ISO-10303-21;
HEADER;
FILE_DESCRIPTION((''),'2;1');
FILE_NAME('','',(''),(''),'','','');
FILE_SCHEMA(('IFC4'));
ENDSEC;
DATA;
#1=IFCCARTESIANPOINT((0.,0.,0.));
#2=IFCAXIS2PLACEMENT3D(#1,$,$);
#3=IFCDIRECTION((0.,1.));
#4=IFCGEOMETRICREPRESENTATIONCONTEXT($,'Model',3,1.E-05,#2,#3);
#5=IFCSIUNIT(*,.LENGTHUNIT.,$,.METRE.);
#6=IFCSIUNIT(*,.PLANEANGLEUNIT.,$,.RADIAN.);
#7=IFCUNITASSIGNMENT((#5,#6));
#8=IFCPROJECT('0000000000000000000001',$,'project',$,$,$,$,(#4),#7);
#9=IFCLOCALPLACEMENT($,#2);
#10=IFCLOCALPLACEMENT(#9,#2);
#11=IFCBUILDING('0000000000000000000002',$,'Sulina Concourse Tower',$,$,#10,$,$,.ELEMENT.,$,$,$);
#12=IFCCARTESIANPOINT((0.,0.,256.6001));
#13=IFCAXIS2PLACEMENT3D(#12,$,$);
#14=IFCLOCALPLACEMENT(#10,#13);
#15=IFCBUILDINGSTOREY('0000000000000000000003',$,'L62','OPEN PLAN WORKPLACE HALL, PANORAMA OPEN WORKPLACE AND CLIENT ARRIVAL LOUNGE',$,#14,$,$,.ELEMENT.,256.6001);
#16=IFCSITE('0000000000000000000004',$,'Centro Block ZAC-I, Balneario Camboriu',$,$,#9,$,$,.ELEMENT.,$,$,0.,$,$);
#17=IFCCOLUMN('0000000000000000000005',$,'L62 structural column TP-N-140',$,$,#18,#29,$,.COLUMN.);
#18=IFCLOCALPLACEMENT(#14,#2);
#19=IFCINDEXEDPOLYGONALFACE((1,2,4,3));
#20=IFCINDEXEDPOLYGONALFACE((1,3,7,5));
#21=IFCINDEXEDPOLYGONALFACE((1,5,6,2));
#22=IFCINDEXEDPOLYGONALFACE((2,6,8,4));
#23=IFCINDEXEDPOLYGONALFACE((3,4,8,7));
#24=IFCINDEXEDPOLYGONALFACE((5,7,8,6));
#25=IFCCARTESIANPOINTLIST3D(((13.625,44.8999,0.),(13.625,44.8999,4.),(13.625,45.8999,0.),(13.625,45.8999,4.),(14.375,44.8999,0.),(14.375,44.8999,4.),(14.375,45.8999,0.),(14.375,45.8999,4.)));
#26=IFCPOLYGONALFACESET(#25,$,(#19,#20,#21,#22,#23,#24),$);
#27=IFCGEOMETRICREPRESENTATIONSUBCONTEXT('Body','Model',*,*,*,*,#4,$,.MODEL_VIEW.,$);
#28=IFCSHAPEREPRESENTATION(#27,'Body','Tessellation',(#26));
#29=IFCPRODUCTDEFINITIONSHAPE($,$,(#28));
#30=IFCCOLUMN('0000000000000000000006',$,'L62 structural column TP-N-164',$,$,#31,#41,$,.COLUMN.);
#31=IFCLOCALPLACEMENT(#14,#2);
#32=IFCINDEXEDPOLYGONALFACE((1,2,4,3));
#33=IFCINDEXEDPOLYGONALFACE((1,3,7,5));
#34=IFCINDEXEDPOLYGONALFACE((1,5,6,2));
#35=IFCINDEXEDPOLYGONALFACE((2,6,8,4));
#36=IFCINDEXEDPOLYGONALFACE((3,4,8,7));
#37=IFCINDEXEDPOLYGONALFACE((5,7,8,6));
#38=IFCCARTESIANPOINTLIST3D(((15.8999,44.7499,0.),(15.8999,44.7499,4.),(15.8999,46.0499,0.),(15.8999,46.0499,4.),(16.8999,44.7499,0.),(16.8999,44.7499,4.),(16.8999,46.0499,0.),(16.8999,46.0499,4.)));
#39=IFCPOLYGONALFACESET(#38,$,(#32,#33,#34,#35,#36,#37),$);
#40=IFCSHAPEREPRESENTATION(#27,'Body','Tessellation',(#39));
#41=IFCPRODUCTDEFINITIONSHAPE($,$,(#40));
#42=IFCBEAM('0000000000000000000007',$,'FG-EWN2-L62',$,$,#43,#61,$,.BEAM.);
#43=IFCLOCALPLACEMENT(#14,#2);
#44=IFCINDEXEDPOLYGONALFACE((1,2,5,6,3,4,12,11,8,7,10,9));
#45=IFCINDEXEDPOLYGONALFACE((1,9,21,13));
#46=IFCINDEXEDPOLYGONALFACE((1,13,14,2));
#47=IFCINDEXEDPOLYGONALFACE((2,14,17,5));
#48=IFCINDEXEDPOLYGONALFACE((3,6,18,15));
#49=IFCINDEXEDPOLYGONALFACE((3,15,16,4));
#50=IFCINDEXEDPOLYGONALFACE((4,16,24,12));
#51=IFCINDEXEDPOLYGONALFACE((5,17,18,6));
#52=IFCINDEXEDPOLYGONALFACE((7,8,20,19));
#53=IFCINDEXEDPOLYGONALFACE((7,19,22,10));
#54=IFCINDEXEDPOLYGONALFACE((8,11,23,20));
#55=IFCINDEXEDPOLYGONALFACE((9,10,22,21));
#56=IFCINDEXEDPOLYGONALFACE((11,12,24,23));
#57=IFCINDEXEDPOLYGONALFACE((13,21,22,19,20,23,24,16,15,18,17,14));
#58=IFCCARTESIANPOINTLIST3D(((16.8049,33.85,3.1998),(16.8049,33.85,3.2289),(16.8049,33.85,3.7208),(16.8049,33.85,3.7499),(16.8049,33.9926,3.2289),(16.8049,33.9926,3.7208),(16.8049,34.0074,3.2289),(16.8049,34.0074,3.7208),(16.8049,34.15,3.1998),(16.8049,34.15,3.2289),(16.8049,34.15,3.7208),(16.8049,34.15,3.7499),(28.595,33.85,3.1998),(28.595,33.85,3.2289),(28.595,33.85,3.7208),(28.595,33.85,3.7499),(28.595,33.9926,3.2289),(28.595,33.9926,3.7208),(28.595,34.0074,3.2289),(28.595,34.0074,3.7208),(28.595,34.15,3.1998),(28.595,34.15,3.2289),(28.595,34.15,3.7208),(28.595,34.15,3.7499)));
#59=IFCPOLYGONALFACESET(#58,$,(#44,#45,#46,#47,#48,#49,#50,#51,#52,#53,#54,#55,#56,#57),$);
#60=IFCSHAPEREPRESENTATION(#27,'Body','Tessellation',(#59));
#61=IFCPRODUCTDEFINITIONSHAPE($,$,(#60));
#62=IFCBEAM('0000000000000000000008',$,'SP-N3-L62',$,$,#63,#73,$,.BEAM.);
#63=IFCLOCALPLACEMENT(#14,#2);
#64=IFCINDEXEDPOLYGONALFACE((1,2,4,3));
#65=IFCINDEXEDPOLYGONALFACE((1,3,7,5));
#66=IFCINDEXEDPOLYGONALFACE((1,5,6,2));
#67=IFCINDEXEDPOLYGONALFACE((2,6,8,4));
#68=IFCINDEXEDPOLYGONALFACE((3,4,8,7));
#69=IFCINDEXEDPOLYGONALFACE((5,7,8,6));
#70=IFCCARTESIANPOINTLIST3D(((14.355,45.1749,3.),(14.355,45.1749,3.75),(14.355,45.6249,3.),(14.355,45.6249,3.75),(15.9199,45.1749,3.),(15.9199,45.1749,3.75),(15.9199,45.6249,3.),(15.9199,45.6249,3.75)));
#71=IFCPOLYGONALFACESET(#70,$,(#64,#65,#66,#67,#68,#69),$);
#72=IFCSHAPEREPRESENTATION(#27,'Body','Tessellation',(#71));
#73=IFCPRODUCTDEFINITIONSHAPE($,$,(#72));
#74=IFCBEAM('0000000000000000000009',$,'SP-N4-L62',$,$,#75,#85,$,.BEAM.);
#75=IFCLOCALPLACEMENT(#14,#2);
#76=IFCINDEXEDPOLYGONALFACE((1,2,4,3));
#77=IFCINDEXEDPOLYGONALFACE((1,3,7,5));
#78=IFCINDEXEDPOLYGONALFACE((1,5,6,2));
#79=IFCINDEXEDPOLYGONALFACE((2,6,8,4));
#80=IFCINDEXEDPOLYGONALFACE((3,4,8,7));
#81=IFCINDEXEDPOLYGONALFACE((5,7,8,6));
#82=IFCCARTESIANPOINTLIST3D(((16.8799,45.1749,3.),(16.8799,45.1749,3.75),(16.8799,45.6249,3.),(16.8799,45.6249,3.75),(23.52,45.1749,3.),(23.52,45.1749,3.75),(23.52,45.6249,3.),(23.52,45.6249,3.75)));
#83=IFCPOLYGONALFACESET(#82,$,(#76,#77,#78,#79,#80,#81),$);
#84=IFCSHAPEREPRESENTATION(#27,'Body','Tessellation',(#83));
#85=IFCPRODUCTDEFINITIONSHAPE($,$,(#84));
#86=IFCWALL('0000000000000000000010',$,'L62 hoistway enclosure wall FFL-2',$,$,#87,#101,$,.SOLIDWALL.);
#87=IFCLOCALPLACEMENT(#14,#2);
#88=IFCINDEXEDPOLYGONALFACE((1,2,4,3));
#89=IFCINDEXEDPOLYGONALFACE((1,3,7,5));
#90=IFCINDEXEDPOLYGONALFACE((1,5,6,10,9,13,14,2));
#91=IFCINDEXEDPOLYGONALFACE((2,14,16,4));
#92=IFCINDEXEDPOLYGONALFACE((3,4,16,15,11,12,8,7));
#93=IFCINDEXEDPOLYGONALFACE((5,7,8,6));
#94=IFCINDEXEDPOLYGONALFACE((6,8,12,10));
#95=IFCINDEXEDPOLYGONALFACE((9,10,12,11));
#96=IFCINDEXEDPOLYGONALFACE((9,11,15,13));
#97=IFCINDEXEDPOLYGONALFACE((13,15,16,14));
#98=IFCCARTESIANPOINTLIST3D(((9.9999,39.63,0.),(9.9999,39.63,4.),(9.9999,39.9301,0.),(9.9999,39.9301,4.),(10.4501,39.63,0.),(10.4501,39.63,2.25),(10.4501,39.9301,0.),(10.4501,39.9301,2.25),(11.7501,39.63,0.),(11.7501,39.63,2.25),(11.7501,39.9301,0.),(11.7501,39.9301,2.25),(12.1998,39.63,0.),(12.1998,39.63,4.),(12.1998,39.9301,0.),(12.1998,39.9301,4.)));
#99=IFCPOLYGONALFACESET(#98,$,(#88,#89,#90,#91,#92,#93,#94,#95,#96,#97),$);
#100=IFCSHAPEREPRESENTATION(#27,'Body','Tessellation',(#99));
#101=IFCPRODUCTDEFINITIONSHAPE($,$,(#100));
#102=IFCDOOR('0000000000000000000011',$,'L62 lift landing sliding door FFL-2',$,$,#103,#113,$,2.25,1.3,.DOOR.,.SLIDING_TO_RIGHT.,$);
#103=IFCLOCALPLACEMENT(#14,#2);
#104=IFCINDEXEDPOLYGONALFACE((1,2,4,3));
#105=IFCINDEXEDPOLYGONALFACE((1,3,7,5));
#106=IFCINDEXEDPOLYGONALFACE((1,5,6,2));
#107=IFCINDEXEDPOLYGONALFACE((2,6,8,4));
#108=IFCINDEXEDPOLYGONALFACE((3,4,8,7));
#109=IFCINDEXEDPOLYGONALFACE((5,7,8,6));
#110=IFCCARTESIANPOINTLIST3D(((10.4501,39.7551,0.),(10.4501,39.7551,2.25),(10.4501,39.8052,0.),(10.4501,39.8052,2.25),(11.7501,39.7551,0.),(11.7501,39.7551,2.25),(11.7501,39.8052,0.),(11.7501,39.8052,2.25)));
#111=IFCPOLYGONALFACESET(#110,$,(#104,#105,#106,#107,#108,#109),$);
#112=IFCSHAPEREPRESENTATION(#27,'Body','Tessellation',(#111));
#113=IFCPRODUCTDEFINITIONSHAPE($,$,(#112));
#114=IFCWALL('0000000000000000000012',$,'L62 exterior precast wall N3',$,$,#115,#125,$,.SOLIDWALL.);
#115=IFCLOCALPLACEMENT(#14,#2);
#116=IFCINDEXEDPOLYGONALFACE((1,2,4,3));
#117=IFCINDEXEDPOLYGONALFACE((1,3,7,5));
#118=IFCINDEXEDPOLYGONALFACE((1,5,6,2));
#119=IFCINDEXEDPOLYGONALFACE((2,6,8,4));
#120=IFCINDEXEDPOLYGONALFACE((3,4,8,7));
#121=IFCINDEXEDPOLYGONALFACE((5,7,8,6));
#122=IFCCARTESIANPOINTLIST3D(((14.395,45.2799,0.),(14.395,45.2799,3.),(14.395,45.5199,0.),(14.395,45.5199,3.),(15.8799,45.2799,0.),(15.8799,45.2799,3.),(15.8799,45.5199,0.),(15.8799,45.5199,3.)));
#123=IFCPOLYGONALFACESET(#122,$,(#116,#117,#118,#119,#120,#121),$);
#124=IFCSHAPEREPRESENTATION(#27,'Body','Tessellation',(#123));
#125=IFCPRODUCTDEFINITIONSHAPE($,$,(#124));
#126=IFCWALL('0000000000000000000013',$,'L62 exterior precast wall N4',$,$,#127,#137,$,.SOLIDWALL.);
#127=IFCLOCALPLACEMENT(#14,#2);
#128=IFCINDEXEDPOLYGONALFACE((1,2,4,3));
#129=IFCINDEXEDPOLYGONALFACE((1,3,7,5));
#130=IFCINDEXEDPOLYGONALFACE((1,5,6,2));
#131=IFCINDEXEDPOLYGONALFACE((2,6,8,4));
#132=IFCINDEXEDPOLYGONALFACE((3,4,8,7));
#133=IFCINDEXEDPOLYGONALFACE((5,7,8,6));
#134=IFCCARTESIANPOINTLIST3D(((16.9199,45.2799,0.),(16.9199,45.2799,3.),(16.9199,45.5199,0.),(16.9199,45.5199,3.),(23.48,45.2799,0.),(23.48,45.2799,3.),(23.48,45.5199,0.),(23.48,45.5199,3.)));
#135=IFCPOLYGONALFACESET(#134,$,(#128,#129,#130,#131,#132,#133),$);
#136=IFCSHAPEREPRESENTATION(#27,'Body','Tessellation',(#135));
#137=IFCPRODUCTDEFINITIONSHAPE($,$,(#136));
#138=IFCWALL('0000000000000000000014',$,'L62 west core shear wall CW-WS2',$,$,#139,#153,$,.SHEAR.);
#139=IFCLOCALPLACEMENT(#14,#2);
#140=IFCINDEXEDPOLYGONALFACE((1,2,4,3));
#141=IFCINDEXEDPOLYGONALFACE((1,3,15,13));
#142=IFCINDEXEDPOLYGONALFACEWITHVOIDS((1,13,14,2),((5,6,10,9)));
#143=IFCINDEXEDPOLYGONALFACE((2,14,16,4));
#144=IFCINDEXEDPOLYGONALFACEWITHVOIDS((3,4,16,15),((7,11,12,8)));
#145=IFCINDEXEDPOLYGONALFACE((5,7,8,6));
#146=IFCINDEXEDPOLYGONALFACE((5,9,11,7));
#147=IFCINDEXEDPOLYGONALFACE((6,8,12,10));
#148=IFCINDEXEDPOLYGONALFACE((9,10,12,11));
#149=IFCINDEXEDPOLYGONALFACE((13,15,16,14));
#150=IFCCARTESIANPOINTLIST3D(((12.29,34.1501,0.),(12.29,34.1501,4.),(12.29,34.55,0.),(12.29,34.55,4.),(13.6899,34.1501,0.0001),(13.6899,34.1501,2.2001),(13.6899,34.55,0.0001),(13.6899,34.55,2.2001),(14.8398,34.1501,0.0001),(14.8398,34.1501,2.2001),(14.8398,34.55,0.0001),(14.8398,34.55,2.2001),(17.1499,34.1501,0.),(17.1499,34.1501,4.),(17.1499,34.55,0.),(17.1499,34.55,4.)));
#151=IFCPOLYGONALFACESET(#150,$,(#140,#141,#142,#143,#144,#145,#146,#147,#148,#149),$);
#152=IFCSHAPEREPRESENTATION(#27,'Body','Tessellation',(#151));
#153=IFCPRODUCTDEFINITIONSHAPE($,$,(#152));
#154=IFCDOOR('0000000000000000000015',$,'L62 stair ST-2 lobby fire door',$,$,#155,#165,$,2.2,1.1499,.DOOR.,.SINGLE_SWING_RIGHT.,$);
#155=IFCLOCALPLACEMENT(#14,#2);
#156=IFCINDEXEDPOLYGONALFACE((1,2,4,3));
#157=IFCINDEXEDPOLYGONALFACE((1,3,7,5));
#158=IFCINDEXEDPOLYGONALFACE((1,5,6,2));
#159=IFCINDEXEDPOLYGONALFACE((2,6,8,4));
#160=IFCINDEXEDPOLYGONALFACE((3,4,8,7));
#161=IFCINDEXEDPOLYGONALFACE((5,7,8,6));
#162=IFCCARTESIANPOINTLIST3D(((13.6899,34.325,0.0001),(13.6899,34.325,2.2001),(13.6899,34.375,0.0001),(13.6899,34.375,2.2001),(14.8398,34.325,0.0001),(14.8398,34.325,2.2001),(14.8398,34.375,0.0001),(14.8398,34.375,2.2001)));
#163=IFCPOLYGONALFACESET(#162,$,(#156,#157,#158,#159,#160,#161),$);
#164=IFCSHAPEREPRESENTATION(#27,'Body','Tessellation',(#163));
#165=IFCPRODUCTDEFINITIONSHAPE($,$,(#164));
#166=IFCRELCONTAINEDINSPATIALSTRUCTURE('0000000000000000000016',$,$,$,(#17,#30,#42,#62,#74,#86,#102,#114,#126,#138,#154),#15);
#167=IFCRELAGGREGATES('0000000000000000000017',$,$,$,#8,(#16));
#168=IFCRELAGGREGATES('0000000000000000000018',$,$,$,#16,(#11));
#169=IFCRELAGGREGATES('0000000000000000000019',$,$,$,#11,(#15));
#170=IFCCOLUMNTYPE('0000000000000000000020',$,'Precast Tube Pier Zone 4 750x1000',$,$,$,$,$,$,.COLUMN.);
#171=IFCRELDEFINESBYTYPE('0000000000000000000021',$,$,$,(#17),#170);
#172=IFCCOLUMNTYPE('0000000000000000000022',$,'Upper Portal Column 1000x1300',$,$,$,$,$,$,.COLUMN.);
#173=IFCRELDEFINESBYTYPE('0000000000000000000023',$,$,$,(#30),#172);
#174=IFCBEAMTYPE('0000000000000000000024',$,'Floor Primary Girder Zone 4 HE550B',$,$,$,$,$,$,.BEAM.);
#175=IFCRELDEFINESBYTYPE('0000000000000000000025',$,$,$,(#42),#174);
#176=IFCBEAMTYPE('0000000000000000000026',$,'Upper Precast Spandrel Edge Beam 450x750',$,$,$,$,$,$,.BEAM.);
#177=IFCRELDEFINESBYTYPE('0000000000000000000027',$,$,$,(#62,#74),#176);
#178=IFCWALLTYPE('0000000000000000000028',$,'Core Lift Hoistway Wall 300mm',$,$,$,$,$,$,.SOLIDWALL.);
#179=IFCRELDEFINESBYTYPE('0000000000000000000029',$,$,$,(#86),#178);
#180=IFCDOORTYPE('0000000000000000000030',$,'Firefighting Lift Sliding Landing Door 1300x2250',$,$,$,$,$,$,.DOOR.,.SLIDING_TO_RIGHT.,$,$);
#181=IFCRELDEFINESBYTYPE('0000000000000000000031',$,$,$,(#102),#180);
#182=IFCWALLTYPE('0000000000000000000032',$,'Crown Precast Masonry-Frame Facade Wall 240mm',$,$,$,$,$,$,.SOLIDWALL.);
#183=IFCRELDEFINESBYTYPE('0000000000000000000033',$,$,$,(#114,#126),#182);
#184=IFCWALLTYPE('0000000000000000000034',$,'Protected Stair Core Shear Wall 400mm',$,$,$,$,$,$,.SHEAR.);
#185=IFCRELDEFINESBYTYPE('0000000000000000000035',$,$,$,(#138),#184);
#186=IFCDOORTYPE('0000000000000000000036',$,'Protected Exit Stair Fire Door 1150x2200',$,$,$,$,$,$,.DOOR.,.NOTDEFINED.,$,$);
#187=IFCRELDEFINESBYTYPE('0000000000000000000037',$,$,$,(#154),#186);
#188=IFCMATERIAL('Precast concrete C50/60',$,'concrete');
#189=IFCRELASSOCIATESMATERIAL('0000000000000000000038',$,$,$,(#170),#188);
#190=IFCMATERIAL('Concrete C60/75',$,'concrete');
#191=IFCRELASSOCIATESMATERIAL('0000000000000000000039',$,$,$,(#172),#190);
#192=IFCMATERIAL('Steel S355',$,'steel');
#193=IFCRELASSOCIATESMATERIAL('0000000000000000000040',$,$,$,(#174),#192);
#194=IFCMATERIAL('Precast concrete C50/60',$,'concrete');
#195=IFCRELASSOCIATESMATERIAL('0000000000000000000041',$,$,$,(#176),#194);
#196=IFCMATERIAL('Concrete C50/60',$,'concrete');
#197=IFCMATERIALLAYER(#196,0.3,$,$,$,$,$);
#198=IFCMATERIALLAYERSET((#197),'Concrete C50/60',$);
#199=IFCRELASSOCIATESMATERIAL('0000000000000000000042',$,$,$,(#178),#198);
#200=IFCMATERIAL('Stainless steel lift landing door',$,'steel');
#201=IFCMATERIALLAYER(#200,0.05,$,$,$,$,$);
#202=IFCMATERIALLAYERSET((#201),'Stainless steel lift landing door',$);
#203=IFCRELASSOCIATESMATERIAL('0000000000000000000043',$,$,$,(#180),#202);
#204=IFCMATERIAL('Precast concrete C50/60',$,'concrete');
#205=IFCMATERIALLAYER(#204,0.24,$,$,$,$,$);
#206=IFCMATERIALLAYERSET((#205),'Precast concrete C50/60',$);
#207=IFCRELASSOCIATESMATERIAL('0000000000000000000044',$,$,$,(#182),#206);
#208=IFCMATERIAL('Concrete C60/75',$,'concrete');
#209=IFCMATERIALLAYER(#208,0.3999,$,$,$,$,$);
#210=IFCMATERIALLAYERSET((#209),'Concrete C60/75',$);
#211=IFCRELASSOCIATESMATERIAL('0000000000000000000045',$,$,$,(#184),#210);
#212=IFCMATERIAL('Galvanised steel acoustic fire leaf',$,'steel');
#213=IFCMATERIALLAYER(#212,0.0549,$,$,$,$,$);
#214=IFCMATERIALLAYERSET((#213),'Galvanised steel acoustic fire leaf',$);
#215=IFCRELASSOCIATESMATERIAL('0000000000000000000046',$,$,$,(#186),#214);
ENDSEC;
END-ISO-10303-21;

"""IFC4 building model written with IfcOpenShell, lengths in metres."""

from ifc_helpers import new_model, si_unit, direction, frame, frame_2d, origin, origin_2d, place, context, subcontext, project, spatial, rectangle, i_section, extrude, material, layer, layer_set, material_profile, profile_set, type_object, element, fill, save


model = new_model("IFC4")

# Units and contexts
model_context = context("Model", 3, precision=1e-05, world=origin(), true_north=direction((0.0, 1.0)))
body_context = subcontext(model_context, "Body", "Model", "MODEL_VIEW")
ifc_project = project(units=[si_unit("LENGTHUNIT", "METRE"), si_unit("PLANEANGLEUNIT", "RADIAN")], contexts=[model_context])

# Site, building, storey
site_placement = place(None, origin())
site = spatial("IfcSite", under=ifc_project, at=site_placement, Name="Centro Block ZAC-I, Balneario Camboriu", CompositionType="ELEMENT", RefElevation=0.0)
building_placement = place(site_placement, origin())
building = spatial("IfcBuilding", under=site, at=building_placement, Name="Sulina Concourse Tower", CompositionType="ELEMENT")
storey_placement = place(building_placement, frame((0.0, 0.0, 256.6001)))
storey = spatial("IfcBuildingStorey", under=building, at=storey_placement, Name="L62", Description="OPEN PLAN WORKPLACE HALL, PANORAMA OPEN WORKPLACE AND CLIENT ARRIVAL LOUNGE", CompositionType="ELEMENT", Elevation=256.6001)

# Columns
ifc_material_1 = material(Name="Precast concrete C50/60", Category="concrete")
ifc_material_profile_1 = material_profile(ifc_material_1, rectangle(XDim=0.75, YDim=1.0, at=origin_2d()), Name="PC 750x1000")
ifc_profile_set_1 = profile_set([ifc_material_profile_1], Name="Precast concrete C50/60")
column_type_1 = type_object("IfcColumnType", Name="Precast Tube Pier Zone 4 750x1000", PredefinedType="COLUMN", material=ifc_profile_set_1)
column_1_placement = place(storey_placement, frame((14.0, 45.3999, 0.0), z_axis=(0.0, 0.0, 1.0), x_axis=(1.0, 0.0, 0.0)))
element("IfcColumn", 1, at=column_1_placement, inside=storey, type_object=column_type_1, Name="L62 structural column TP-N-140", PredefinedType="COLUMN", context=body_context, shape_type="SweptSolid", body=[
    extrude(rectangle(XDim=0.75, YDim=1.0, at=origin_2d()), origin(), (0.0, 0.0, 1.0), 4.0),
])
ifc_material_2 = material(Name="Concrete C60/75", Category="concrete")
ifc_material_profile_2 = material_profile(ifc_material_2, rectangle(XDim=1.0, YDim=1.3, at=origin_2d()), Name="RC 1000x1300")
ifc_profile_set_2 = profile_set([ifc_material_profile_2], Name="Concrete C60/75")
column_type_2 = type_object("IfcColumnType", Name="Upper Portal Column 1000x1300", PredefinedType="COLUMN", material=ifc_profile_set_2)
column_2_placement = place(storey_placement, frame((16.3999, 45.3999, 0.0), z_axis=(0.0, 0.0, 1.0), x_axis=(1.0, 0.0, 0.0)))
element("IfcColumn", 2, at=column_2_placement, inside=storey, type_object=column_type_2, Name="L62 structural column TP-N-164", PredefinedType="COLUMN", context=body_context, shape_type="SweptSolid", body=[
    extrude(rectangle(XDim=1.0, YDim=1.3, at=origin_2d()), origin(), (0.0, 0.0, 1.0), 4.0),
])

# Beams
ifc_material_3 = material(Name="Steel S355", Category="steel")
ifc_material_profile_3 = material_profile(ifc_material_3, i_section(OverallWidth=0.3, OverallDepth=0.55, WebThickness=0.0149, FlangeThickness=0.0291, at=origin_2d()), Name="HE 550 B")
ifc_profile_set_3 = profile_set([ifc_material_profile_3], Name="Steel S355")
beam_type_1 = type_object("IfcBeamType", Name="Floor Primary Girder Zone 4 HE550B", PredefinedType="BEAM", material=ifc_profile_set_3)
beam_1_placement = place(storey_placement, frame((16.8049, 34.0, 3.4749), z_axis=(1.0, 0.0, 0.0), x_axis=(0.0, 1.0, 0.0)))
element("IfcBeam", 3, at=beam_1_placement, inside=storey, type_object=beam_type_1, Name="FG-EWN2-L62", PredefinedType="BEAM", context=body_context, shape_type="SweptSolid", body=[
    extrude(i_section(OverallWidth=0.3, OverallDepth=0.55, WebThickness=0.0149, FlangeThickness=0.0291, at=origin_2d()), origin(), (0.0, 0.0, 1.0), 11.79),
])
ifc_material_4 = material(Name="Precast concrete C50/60", Category="concrete")
ifc_material_profile_4 = material_profile(ifc_material_4, rectangle(XDim=0.45, YDim=0.75, at=origin_2d()), Name="RC 450x750")
ifc_profile_set_4 = profile_set([ifc_material_profile_4], Name="Precast concrete C50/60")
beam_type_2 = type_object("IfcBeamType", Name="Upper Precast Spandrel Edge Beam 450x750", PredefinedType="BEAM", material=ifc_profile_set_4)
beam_2_placement = place(storey_placement, frame((14.355, 45.3999, 3.375), z_axis=(1.0, 0.0, 0.0), x_axis=(0.0, 1.0, 0.0)))
element("IfcBeam", 4, at=beam_2_placement, inside=storey, type_object=beam_type_2, Name="SP-N3-L62", PredefinedType="BEAM", context=body_context, shape_type="SweptSolid", body=[
    extrude(rectangle(XDim=0.45, YDim=0.75, at=origin_2d()), origin(), (0.0, 0.0, 1.0), 1.5649),
])
beam_3_placement = place(storey_placement, frame((16.8799, 45.3999, 3.375), z_axis=(1.0, 0.0, 0.0), x_axis=(0.0, 1.0, 0.0)))
element("IfcBeam", 5, at=beam_3_placement, inside=storey, type_object=beam_type_2, Name="SP-N4-L62", PredefinedType="BEAM", context=body_context, shape_type="SweptSolid", body=[
    extrude(rectangle(XDim=0.45, YDim=0.75, at=origin_2d()), origin(), (0.0, 0.0, 1.0), 6.6401),
])

# Wall, opening, door
ifc_material_5 = material(Name="Concrete C50/60", Category="concrete")
ifc_layer_1 = layer(ifc_material_5, 0.3)
ifc_layer_set_1 = layer_set([ifc_layer_1], Name="Concrete C50/60")
wall_type_1 = type_object("IfcWallType", Name="Core Lift Hoistway Wall 300mm", PredefinedType="SOLIDWALL", material=ifc_layer_set_1)
wall_1_placement = place(storey_placement, frame((12.2, 39.78, 0.0), z_axis=(0.0, 0.0, 1.0), x_axis=(-1.0, 0.0, 0.0)))
wall_1 = element("IfcWall", 6, at=wall_1_placement, inside=storey, type_object=wall_type_1, Name="L62 hoistway enclosure wall FFL-2", PredefinedType="SOLIDWALL", context=body_context, shape_type="SweptSolid", body=[
    extrude(rectangle(XDim=2.2, YDim=0.3, at=frame_2d((1.1001, 0.0))), origin(), (0.0, 0.0, 1.0), 4.0),
])
opening_1_placement = place(wall_1_placement, frame((0.45, 0.0, 0.0)))
opening_1 = element("IfcOpeningElement", 7, at=opening_1_placement, cuts=wall_1, PredefinedType="OPENING", context=body_context, shape_type="SweptSolid", body=[
    extrude(rectangle(XDim=1.3, YDim=2.25, at=frame_2d((0.6499, 1.125))), frame((0.0, 0.1599, 0.0), z_axis=(0.0, -1.0, 0.0), x_axis=(1.0, 0.0, 0.0)), (0.0, 0.0, 1.0), 0.3201),
])
ifc_material_6 = material(Name="Stainless steel lift landing door", Category="steel")
ifc_layer_2 = layer(ifc_material_6, 0.05)
ifc_layer_set_2 = layer_set([ifc_layer_2], Name="Stainless steel lift landing door")
door_type_1 = type_object("IfcDoorType", Name="Firefighting Lift Sliding Landing Door 1300x2250", OperationType="SLIDING_TO_RIGHT", PredefinedType="DOOR", material=ifc_layer_set_2)
door_1_placement = place(opening_1_placement, origin())
door_1 = element("IfcDoor", 8, at=door_1_placement, inside=storey, type_object=door_type_1, Name="L62 lift landing sliding door FFL-2", OperationType="SLIDING_TO_RIGHT", OverallHeight=2.25, OverallWidth=1.3, PredefinedType="DOOR", context=body_context, shape_type="SweptSolid", body=[
    extrude(rectangle(XDim=1.3, YDim=2.25, at=frame_2d((0.6499, 1.125))), frame((0.0, 0.0249, 0.0), z_axis=(0.0, -1.0, 0.0), x_axis=(1.0, 0.0, 0.0)), (0.0, 0.0, 1.0), 0.05),
])
fill(opening_1, door_1)

# Walls
ifc_material_7 = material(Name="Precast concrete C50/60", Category="concrete")
ifc_layer_3 = layer(ifc_material_7, 0.24)
ifc_layer_set_3 = layer_set([ifc_layer_3], Name="Precast concrete C50/60")
wall_type_2 = type_object("IfcWallType", Name="Crown Precast Masonry-Frame Facade Wall 240mm", PredefinedType="SOLIDWALL", material=ifc_layer_set_3)
wall_2_placement = place(storey_placement, frame((14.395, 45.3999, 0.0), z_axis=(0.0, 0.0, 1.0), x_axis=(1.0, 0.0, 0.0)))
element("IfcWall", 9, at=wall_2_placement, inside=storey, type_object=wall_type_2, Name="L62 exterior precast wall N3", PredefinedType="SOLIDWALL", context=body_context, shape_type="SweptSolid", body=[
    extrude(rectangle(XDim=1.4849, YDim=0.24, at=frame_2d((0.7424, 0.0))), origin(), (0.0, 0.0, 1.0), 3.0),
])
wall_3_placement = place(storey_placement, frame((16.9199, 45.3999, 0.0), z_axis=(0.0, 0.0, 1.0), x_axis=(1.0, 0.0, 0.0)))
element("IfcWall", 10, at=wall_3_placement, inside=storey, type_object=wall_type_2, Name="L62 exterior precast wall N4", PredefinedType="SOLIDWALL", context=body_context, shape_type="SweptSolid", body=[
    extrude(rectangle(XDim=6.5601, YDim=0.24, at=frame_2d((3.28, 0.0))), origin(), (0.0, 0.0, 1.0), 3.0),
])

# Wall, opening, door
ifc_material_8 = material(Name="Concrete C60/75", Category="concrete")
ifc_layer_4 = layer(ifc_material_8, 0.3999)
ifc_layer_set_4 = layer_set([ifc_layer_4], Name="Concrete C60/75")
wall_type_3 = type_object("IfcWallType", Name="Protected Stair Core Shear Wall 400mm", PredefinedType="SHEAR", material=ifc_layer_set_4)
wall_4_placement = place(storey_placement, frame((12.29, 34.3501, 0.0), z_axis=(0.0, 0.0, 1.0), x_axis=(1.0, 0.0, 0.0)))
wall_4 = element("IfcWall", 11, at=wall_4_placement, inside=storey, type_object=wall_type_3, Name="L62 west core shear wall CW-WS2", PredefinedType="SHEAR", context=body_context, shape_type="SweptSolid", body=[
    extrude(rectangle(XDim=4.8599, YDim=0.3999, at=frame_2d((2.4299, 0.0))), origin(), (0.0, 0.0, 1.0), 4.0),
])
opening_2_placement = place(wall_4_placement, frame((1.3999, 0.0, 0.0)))
opening_2 = element("IfcOpeningElement", 12, at=opening_2_placement, cuts=wall_4, PredefinedType="OPENING", context=body_context, shape_type="SweptSolid", body=[
    extrude(rectangle(XDim=1.1499, YDim=2.2, at=frame_2d((0.575, 1.1001))), frame((0.0, 0.21, 0.0), z_axis=(0.0, -1.0, 0.0), x_axis=(1.0, 0.0, 0.0)), (0.0, 0.0, 1.0), 0.4199),
])
ifc_material_9 = material(Name="Galvanised steel acoustic fire leaf", Category="steel")
ifc_layer_5 = layer(ifc_material_9, 0.0549)
ifc_layer_set_5 = layer_set([ifc_layer_5], Name="Galvanised steel acoustic fire leaf")
door_type_2 = type_object("IfcDoorType", Name="Protected Exit Stair Fire Door 1150x2200", OperationType="NOTDEFINED", PredefinedType="DOOR", material=ifc_layer_set_5)
door_2_placement = place(opening_2_placement, origin())
door_2 = element("IfcDoor", 13, at=door_2_placement, inside=storey, type_object=door_type_2, Name="L62 stair ST-2 lobby fire door", OperationType="SINGLE_SWING_RIGHT", OverallHeight=2.2, OverallWidth=1.1499, PredefinedType="DOOR", context=body_context, shape_type="SweptSolid", body=[
    extrude(rectangle(XDim=1.1499, YDim=2.2, at=frame_2d((0.575, 1.1001))), frame((0.0, 0.0249, 0.0), z_axis=(0.0, -1.0, 0.0), x_axis=(1.0, 0.0, 0.0)), (0.0, 0.0, 1.0), 0.05),
])
fill(opening_2, door_2)

save(model, "model.ifc")
